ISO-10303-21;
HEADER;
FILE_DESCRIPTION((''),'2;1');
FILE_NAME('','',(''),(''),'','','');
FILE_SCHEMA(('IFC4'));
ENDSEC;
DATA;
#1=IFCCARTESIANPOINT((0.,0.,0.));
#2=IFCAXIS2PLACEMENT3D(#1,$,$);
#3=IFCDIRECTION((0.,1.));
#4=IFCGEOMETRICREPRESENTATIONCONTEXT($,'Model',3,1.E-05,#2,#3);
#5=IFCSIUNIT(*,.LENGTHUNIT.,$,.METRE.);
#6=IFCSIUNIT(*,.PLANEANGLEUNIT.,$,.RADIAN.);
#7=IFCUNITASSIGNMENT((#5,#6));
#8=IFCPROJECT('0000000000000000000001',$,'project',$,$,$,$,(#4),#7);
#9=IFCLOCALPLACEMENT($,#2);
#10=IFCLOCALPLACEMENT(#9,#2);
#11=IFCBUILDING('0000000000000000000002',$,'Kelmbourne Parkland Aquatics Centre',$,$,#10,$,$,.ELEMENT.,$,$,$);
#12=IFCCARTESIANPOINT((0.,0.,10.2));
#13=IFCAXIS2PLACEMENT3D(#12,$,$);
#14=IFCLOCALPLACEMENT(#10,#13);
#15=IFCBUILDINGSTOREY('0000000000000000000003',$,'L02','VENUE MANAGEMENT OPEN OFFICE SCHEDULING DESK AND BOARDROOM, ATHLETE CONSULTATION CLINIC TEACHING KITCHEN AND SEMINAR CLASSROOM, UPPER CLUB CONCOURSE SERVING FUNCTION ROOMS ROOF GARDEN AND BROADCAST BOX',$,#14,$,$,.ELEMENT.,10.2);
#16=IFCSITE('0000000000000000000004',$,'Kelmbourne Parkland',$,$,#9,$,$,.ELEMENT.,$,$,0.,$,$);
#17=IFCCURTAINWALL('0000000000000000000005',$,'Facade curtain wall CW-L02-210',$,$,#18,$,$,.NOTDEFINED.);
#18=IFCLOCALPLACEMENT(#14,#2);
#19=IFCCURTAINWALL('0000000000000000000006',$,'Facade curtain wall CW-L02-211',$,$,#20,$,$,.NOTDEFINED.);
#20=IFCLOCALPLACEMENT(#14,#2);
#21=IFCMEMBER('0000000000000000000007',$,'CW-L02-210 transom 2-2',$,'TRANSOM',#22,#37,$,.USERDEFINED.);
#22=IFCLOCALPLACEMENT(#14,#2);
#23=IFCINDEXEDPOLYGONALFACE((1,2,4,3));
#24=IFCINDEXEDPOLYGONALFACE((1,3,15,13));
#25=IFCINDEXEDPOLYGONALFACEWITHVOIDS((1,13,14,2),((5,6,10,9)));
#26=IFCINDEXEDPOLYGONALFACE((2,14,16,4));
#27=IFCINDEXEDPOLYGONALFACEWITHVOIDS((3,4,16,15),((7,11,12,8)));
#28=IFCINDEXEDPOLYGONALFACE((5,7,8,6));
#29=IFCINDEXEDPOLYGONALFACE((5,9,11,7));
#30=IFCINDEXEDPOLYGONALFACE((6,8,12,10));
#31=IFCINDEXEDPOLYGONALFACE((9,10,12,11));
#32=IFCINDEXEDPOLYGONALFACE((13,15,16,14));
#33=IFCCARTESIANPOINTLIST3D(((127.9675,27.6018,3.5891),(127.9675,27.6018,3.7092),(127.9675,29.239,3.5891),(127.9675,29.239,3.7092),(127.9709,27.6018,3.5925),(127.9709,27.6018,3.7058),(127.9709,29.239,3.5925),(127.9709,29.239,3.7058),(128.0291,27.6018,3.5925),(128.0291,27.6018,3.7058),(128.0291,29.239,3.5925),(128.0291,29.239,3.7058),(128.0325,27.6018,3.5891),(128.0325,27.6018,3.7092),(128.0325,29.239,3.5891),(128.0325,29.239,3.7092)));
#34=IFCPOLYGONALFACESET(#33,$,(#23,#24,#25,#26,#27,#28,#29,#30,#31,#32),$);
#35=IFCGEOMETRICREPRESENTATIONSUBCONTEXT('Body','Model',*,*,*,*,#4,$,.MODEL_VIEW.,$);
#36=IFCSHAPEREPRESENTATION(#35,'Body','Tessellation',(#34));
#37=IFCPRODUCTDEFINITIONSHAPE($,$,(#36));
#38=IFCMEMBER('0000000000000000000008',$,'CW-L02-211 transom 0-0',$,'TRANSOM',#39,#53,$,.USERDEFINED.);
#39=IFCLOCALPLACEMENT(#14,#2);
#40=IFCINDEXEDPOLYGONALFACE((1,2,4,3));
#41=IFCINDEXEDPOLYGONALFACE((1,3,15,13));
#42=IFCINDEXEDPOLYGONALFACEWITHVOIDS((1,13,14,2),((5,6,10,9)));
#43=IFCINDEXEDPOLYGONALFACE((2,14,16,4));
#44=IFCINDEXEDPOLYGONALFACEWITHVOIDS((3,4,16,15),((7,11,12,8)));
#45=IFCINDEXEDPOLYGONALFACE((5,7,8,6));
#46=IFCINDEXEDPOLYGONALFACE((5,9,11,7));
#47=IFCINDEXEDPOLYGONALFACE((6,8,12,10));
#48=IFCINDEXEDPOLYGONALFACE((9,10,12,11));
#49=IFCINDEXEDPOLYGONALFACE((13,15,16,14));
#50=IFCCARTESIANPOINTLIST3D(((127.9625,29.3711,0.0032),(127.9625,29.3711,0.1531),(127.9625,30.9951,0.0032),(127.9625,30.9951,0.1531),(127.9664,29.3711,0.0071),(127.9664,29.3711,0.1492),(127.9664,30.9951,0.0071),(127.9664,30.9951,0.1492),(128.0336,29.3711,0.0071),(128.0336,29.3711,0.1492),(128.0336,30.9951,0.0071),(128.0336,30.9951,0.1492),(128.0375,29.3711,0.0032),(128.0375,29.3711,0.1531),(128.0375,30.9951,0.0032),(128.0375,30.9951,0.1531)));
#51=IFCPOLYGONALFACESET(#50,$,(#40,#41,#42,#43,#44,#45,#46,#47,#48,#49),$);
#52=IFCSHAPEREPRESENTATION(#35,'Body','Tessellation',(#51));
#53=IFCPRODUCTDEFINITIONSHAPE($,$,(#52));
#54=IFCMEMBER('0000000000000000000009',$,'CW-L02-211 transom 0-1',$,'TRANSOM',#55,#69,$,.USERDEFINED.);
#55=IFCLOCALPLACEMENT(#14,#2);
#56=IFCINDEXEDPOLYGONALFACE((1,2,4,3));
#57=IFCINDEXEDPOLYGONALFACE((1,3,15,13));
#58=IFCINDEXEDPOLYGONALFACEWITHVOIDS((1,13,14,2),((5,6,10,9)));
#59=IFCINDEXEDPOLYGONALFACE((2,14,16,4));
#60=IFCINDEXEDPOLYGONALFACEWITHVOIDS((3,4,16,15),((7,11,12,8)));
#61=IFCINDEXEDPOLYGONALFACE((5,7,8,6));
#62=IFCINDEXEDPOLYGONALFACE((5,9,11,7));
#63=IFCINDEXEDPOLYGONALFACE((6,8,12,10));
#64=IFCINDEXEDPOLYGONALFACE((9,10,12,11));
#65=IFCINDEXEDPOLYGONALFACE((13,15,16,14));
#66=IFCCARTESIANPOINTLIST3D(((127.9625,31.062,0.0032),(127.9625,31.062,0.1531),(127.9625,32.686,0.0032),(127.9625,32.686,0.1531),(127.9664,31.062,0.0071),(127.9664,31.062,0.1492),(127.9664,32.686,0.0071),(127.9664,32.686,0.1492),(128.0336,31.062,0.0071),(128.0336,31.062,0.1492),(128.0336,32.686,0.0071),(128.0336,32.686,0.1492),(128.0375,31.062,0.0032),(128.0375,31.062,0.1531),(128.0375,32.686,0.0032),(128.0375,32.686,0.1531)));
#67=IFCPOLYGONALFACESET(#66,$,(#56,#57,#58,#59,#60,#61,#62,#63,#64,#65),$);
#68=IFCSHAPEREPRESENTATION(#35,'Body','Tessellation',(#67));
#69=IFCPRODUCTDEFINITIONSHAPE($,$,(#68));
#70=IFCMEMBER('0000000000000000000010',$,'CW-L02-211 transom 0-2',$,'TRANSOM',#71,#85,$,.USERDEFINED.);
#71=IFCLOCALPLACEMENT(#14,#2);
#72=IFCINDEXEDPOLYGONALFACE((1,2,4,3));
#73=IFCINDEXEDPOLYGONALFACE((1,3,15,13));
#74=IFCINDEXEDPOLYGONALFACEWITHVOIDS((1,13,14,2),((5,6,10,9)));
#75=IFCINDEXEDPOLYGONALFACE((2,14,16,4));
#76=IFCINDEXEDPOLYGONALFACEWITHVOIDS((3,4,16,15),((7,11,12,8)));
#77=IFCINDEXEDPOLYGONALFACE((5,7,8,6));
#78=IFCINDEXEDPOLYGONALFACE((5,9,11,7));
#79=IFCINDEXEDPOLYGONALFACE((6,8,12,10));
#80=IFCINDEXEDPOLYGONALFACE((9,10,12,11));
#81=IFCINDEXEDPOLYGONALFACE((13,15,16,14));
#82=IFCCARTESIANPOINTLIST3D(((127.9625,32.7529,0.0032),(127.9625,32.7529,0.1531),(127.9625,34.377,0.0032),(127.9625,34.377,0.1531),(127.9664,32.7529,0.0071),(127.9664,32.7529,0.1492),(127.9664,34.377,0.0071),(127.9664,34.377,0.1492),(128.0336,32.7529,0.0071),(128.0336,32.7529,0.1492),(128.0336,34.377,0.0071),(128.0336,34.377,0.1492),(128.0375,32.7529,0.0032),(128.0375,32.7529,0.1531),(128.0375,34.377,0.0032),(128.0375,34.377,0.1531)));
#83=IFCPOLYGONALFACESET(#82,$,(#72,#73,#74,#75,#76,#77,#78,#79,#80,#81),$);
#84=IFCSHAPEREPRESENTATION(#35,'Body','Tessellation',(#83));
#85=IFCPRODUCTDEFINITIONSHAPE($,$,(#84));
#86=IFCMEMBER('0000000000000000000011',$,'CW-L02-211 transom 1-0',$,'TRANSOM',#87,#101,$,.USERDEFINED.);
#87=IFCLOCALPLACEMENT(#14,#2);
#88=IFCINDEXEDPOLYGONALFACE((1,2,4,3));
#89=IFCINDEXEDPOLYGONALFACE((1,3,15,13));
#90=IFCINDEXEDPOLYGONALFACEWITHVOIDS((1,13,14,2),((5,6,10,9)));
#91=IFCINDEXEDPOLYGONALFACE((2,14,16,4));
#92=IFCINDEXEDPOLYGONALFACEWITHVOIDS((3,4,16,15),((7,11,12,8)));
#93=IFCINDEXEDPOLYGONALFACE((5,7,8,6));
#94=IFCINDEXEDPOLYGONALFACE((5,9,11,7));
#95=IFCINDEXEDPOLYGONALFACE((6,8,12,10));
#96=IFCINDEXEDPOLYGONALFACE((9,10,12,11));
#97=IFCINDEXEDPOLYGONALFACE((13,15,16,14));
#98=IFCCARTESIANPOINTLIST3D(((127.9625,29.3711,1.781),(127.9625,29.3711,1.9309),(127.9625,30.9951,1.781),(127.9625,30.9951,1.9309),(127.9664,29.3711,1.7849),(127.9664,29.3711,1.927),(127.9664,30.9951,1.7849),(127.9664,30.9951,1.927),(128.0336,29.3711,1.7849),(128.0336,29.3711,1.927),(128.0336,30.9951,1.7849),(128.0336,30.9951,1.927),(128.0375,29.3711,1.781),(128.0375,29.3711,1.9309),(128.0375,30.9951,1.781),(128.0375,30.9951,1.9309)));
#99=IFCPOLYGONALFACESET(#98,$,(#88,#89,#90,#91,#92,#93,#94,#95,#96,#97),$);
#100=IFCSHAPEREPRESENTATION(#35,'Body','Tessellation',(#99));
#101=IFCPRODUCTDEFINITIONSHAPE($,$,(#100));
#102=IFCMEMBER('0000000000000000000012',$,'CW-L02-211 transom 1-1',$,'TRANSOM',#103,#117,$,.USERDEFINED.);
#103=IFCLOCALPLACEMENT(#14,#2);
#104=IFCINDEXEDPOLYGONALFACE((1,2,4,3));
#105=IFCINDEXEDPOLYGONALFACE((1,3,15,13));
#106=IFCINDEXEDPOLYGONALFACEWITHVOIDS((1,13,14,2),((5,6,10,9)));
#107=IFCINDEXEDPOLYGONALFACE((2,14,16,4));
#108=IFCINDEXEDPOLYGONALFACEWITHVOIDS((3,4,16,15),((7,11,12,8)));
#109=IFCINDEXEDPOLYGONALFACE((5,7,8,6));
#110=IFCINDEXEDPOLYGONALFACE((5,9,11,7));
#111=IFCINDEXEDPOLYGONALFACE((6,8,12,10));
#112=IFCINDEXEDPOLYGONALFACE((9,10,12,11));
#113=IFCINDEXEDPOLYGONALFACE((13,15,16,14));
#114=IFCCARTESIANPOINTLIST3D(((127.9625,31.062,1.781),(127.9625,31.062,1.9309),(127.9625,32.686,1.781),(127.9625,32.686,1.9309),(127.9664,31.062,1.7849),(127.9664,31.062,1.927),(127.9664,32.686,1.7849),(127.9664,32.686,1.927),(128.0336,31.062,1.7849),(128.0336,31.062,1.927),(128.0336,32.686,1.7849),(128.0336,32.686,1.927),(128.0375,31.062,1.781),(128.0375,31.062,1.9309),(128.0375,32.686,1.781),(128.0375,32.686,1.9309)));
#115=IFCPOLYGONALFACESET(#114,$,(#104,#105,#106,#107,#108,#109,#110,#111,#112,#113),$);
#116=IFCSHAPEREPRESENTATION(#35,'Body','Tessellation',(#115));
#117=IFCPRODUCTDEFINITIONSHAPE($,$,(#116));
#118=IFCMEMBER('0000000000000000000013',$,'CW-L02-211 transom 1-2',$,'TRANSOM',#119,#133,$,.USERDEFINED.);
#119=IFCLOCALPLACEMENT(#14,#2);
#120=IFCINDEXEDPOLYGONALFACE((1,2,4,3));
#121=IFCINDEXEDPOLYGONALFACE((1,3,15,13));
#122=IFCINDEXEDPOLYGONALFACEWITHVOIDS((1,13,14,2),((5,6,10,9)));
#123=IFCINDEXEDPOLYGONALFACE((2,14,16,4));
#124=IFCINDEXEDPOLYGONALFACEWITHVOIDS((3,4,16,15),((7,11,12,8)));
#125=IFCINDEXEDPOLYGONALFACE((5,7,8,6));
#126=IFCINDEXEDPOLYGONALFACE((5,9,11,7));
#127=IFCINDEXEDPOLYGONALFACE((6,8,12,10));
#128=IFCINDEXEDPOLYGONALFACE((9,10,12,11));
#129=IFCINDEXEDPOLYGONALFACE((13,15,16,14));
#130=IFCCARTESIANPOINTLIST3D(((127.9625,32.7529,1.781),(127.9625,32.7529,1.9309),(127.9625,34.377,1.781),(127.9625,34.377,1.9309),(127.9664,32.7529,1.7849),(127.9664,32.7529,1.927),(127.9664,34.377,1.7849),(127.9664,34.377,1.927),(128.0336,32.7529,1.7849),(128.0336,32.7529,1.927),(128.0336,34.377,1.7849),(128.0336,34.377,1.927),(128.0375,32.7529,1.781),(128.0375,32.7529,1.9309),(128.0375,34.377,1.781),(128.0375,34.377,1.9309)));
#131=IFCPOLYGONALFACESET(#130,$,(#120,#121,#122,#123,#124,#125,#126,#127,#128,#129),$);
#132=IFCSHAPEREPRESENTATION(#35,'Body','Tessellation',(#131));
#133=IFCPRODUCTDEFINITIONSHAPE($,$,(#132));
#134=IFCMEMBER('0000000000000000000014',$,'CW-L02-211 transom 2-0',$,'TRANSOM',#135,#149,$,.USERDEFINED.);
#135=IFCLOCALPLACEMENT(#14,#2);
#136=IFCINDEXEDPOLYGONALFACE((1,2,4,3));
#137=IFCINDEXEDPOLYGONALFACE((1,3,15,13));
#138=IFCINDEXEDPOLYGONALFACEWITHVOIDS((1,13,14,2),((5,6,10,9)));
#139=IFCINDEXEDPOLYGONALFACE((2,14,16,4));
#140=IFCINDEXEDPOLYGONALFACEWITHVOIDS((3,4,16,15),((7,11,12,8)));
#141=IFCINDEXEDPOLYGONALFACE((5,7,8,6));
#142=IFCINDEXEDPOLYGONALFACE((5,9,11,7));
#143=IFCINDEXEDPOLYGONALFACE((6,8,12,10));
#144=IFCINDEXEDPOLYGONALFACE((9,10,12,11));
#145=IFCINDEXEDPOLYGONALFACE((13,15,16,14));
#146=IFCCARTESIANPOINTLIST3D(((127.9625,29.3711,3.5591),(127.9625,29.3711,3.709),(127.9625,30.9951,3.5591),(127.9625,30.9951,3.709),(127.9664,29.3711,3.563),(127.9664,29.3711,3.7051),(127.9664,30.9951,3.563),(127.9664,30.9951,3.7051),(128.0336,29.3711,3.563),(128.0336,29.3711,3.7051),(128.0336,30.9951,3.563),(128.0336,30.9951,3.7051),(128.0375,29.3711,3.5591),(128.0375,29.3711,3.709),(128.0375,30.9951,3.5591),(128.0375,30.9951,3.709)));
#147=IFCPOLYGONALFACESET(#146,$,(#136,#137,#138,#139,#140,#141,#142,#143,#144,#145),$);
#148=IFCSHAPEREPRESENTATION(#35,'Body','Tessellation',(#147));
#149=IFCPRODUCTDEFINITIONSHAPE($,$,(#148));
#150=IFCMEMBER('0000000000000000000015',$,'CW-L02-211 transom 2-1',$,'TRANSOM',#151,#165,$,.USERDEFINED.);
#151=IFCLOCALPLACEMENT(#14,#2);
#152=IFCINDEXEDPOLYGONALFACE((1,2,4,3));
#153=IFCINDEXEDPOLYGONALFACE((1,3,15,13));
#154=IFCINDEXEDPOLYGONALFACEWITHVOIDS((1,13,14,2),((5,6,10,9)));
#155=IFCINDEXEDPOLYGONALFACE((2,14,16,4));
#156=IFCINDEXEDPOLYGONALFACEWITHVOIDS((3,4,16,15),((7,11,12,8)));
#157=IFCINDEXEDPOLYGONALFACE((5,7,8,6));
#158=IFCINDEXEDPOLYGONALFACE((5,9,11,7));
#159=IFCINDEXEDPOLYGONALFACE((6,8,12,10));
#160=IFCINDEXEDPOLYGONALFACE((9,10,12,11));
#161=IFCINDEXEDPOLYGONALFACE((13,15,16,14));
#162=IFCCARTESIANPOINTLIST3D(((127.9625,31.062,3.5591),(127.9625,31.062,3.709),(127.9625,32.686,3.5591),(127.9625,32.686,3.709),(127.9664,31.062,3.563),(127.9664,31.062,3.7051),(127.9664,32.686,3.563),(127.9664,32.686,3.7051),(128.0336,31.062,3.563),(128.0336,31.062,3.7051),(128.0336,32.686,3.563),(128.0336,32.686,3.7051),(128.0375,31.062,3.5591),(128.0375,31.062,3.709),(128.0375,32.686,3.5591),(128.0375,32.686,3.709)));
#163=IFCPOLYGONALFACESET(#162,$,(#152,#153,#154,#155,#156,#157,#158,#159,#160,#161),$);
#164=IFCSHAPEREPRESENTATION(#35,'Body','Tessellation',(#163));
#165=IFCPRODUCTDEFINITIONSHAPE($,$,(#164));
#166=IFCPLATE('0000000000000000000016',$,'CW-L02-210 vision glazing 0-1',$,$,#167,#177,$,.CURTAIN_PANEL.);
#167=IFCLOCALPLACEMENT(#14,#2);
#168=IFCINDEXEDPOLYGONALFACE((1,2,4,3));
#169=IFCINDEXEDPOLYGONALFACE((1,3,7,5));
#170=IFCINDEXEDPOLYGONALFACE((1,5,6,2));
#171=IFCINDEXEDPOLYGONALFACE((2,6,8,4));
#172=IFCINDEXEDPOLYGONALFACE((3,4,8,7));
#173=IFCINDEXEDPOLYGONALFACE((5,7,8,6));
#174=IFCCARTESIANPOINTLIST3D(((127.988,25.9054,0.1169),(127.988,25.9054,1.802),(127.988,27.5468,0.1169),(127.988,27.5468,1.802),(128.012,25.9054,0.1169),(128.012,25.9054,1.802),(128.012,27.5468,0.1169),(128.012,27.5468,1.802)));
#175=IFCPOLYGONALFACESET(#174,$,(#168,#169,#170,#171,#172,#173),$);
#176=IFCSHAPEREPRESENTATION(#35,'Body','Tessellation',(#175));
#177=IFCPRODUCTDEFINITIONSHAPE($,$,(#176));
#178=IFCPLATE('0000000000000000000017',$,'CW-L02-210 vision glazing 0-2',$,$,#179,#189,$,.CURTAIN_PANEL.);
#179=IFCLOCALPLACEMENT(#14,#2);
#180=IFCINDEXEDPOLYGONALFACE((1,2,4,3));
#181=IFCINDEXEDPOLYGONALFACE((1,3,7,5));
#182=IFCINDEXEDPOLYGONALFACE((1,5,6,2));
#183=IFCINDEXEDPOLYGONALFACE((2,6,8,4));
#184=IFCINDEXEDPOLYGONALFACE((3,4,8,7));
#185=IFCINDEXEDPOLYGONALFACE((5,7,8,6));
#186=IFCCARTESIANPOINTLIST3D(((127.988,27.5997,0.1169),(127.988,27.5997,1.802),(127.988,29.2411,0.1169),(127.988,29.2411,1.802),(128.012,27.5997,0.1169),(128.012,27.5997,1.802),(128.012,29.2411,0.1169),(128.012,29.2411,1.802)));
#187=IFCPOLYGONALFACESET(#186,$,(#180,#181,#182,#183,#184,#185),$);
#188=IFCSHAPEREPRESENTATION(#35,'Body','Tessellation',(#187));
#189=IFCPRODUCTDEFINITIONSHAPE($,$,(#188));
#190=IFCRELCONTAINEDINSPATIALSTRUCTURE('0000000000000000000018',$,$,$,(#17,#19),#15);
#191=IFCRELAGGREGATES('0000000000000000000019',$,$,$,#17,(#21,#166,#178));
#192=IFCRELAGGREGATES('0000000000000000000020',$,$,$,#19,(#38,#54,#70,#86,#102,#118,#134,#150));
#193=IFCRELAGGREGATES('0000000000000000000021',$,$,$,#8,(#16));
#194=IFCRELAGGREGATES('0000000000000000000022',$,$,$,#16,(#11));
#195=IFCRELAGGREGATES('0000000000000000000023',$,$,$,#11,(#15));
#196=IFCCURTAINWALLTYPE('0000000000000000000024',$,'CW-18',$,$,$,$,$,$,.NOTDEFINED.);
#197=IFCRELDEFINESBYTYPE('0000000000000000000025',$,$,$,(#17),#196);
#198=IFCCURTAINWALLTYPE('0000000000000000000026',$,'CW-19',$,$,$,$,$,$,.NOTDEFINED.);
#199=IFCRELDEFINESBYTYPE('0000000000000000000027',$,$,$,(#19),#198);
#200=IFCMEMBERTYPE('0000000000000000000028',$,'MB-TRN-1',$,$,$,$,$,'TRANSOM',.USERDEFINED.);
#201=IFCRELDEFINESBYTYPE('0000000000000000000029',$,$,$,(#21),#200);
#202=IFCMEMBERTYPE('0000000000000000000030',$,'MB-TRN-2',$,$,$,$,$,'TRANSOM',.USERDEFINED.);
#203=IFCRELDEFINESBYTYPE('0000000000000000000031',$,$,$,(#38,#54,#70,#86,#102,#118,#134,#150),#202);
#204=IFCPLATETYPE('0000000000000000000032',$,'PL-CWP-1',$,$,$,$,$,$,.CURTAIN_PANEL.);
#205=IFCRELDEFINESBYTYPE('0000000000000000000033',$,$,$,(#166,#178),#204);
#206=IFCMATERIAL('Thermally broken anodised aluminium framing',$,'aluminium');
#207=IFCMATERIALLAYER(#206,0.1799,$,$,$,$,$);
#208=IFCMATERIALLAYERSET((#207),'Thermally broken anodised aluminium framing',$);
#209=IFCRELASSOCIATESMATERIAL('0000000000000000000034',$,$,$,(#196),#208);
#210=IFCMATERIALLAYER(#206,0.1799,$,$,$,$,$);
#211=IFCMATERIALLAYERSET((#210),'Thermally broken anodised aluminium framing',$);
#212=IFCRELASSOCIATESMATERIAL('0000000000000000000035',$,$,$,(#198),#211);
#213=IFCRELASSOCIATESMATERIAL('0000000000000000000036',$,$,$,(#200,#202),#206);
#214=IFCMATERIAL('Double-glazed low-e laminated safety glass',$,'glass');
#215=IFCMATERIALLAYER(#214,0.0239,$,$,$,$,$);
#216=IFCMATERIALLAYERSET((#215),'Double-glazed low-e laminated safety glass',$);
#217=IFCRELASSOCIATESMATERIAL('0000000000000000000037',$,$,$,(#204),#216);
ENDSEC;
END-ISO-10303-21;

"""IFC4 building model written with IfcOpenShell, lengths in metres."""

from ifc_helpers import new_model, si_unit, direction, frame, origin, origin_2d, place, context, subcontext, project, spatial, rectangle, hollow_rectangle, extrude, material, layer, layer_set, material_profile, profile_set, type_object, element, aggregate, save


model = new_model("IFC4")

# Units and contexts
model_context = context("Model", 3, precision=1e-05, world=origin(), true_north=direction((0.0, 1.0)))
body_context = subcontext(model_context, "Body", "Model", "MODEL_VIEW")
ifc_project = project(units=[si_unit("LENGTHUNIT", "METRE"), si_unit("PLANEANGLEUNIT", "RADIAN")], contexts=[model_context])

# Site, building, storey
site_placement = place(None, origin())
site = spatial("IfcSite", under=ifc_project, at=site_placement, Name="Kelmbourne Parkland", CompositionType="ELEMENT", RefElevation=0.0)
building_placement = place(site_placement, origin())
building = spatial("IfcBuilding", under=site, at=building_placement, Name="Kelmbourne Parkland Aquatics Centre", CompositionType="ELEMENT")
storey_placement = place(building_placement, frame((0.0, 0.0, 10.2)))
storey = spatial("IfcBuildingStorey", under=building, at=storey_placement, Name="L02", Description="VENUE MANAGEMENT OPEN OFFICE SCHEDULING DESK AND BOARDROOM, ATHLETE CONSULTATION CLINIC TEACHING KITCHEN AND SEMINAR CLASSROOM, UPPER CLUB CONCOURSE SERVING FUNCTION ROOMS ROOF GARDEN AND BROADCAST BOX", CompositionType="ELEMENT", Elevation=10.2)

# Curtain walls
ifc_material_1 = material(Name="Thermally broken anodised aluminium framing", Category="aluminium")
ifc_layer_1 = layer(ifc_material_1, 0.1799)
ifc_layer_set_1 = layer_set([ifc_layer_1], Name="Thermally broken anodised aluminium framing")
curtain_wall_type_1 = type_object("IfcCurtainWallType", Name="CW-18", PredefinedType="NOTDEFINED", material=ifc_layer_set_1)
curtain_wall_1_placement = place(storey_placement, origin())
curtain_wall_1 = element("IfcCurtainWall", 1, at=curtain_wall_1_placement, inside=storey, type_object=curtain_wall_type_1, Name="Facade curtain wall CW-L02-210", PredefinedType="NOTDEFINED")
ifc_layer_2 = layer(ifc_material_1, 0.1799)
ifc_layer_set_2 = layer_set([ifc_layer_2], Name="Thermally broken anodised aluminium framing")
curtain_wall_type_2 = type_object("IfcCurtainWallType", Name="CW-19", PredefinedType="NOTDEFINED", material=ifc_layer_set_2)
curtain_wall_2_placement = place(storey_placement, origin())
curtain_wall_2 = element("IfcCurtainWall", 2, at=curtain_wall_2_placement, inside=storey, type_object=curtain_wall_type_2, Name="Facade curtain wall CW-L02-211", PredefinedType="NOTDEFINED")

# Members
ifc_material_profile_1 = material_profile(ifc_material_1, hollow_rectangle(XDim=0.0649, YDim=0.1201, WallThickness=0.0034, at=origin_2d()), Name="CW-T 65x120")
ifc_profile_set_1 = profile_set([ifc_material_profile_1], Name="Thermally broken anodised aluminium framing")
member_type_1 = type_object("IfcMemberType", Name="MB-TRN-1", ElementType="TRANSOM", PredefinedType="USERDEFINED", material=ifc_profile_set_1)
member_1_placement = place(storey_placement, frame((128.0, 27.6018, 3.6492), z_axis=(0.0, 1.0, 0.0), x_axis=(-1.0, 0.0, 0.0)))
member_1 = element("IfcMember", 3, at=member_1_placement, type_object=member_type_1, Name="CW-L02-210 transom 2-2", ObjectType="TRANSOM", PredefinedType="USERDEFINED", context=body_context, shape_type="SweptSolid", body=[
    extrude(hollow_rectangle(XDim=0.0649, YDim=0.1201, WallThickness=0.0034, at=origin_2d()), origin(), (0.0, 0.0, 1.0), 1.6372),
])
ifc_material_profile_2 = material_profile(ifc_material_1, hollow_rectangle(XDim=0.075, YDim=0.1499, WallThickness=0.0039, at=origin_2d()), Name="CW-T 75x150")
ifc_profile_set_2 = profile_set([ifc_material_profile_2], Name="Thermally broken anodised aluminium framing")
member_type_2 = type_object("IfcMemberType", Name="MB-TRN-2", ElementType="TRANSOM", PredefinedType="USERDEFINED", material=ifc_profile_set_2)
member_2_placement = place(storey_placement, frame((128.0, 29.3711, 0.0781), z_axis=(0.0, 1.0, 0.0), x_axis=(-1.0, 0.0, 0.0)))
member_2 = element("IfcMember", 4, at=member_2_placement, type_object=member_type_2, Name="CW-L02-211 transom 0-0", ObjectType="TRANSOM", PredefinedType="USERDEFINED", context=body_context, shape_type="SweptSolid", body=[
    extrude(hollow_rectangle(XDim=0.075, YDim=0.1499, WallThickness=0.0039, at=origin_2d()), origin(), (0.0, 0.0, 1.0), 1.624),
])
member_3_placement = place(storey_placement, frame((128.0, 31.062, 0.0781), z_axis=(0.0, 1.0, 0.0), x_axis=(-1.0, 0.0, 0.0)))
member_3 = element("IfcMember", 5, at=member_3_placement, type_object=member_type_2, Name="CW-L02-211 transom 0-1", ObjectType="TRANSOM", PredefinedType="USERDEFINED", context=body_context, shape_type="SweptSolid", body=[
    extrude(hollow_rectangle(XDim=0.075, YDim=0.1499, WallThickness=0.0039, at=origin_2d()), origin(), (0.0, 0.0, 1.0), 1.624),
])
member_4_placement = place(storey_placement, frame((128.0, 32.7529, 0.0781), z_axis=(0.0, 1.0, 0.0), x_axis=(-1.0, 0.0, 0.0)))
member_4 = element("IfcMember", 6, at=member_4_placement, type_object=member_type_2, Name="CW-L02-211 transom 0-2", ObjectType="TRANSOM", PredefinedType="USERDEFINED", context=body_context, shape_type="SweptSolid", body=[
    extrude(hollow_rectangle(XDim=0.075, YDim=0.1499, WallThickness=0.0039, at=origin_2d()), origin(), (0.0, 0.0, 1.0), 1.624),
])
member_5_placement = place(storey_placement, frame((128.0, 29.3711, 1.856), z_axis=(0.0, 1.0, 0.0), x_axis=(-1.0, 0.0, 0.0)))
member_5 = element("IfcMember", 7, at=member_5_placement, type_object=member_type_2, Name="CW-L02-211 transom 1-0", ObjectType="TRANSOM", PredefinedType="USERDEFINED", context=body_context, shape_type="SweptSolid", body=[
    extrude(hollow_rectangle(XDim=0.075, YDim=0.1499, WallThickness=0.0039, at=origin_2d()), origin(), (0.0, 0.0, 1.0), 1.624),
])
member_6_placement = place(storey_placement, frame((128.0, 31.062, 1.856), z_axis=(0.0, 1.0, 0.0), x_axis=(-1.0, 0.0, 0.0)))
member_6 = element("IfcMember", 8, at=member_6_placement, type_object=member_type_2, Name="CW-L02-211 transom 1-1", ObjectType="TRANSOM", PredefinedType="USERDEFINED", context=body_context, shape_type="SweptSolid", body=[
    extrude(hollow_rectangle(XDim=0.075, YDim=0.1499, WallThickness=0.0039, at=origin_2d()), origin(), (0.0, 0.0, 1.0), 1.624),
])
member_7_placement = place(storey_placement, frame((128.0, 32.7529, 1.856), z_axis=(0.0, 1.0, 0.0), x_axis=(-1.0, 0.0, 0.0)))
member_7 = element("IfcMember", 9, at=member_7_placement, type_object=member_type_2, Name="CW-L02-211 transom 1-2", ObjectType="TRANSOM", PredefinedType="USERDEFINED", context=body_context, shape_type="SweptSolid", body=[
    extrude(hollow_rectangle(XDim=0.075, YDim=0.1499, WallThickness=0.0039, at=origin_2d()), origin(), (0.0, 0.0, 1.0), 1.624),
])
member_8_placement = place(storey_placement, frame((128.0, 29.3711, 3.634), z_axis=(0.0, 1.0, 0.0), x_axis=(-1.0, 0.0, 0.0)))
member_8 = element("IfcMember", 10, at=member_8_placement, type_object=member_type_2, Name="CW-L02-211 transom 2-0", ObjectType="TRANSOM", PredefinedType="USERDEFINED", context=body_context, shape_type="SweptSolid", body=[
    extrude(hollow_rectangle(XDim=0.075, YDim=0.1499, WallThickness=0.0039, at=origin_2d()), origin(), (0.0, 0.0, 1.0), 1.624),
])
member_9_placement = place(storey_placement, frame((128.0, 31.062, 3.634), z_axis=(0.0, 1.0, 0.0), x_axis=(-1.0, 0.0, 0.0)))
member_9 = element("IfcMember", 11, at=member_9_placement, type_object=member_type_2, Name="CW-L02-211 transom 2-1", ObjectType="TRANSOM", PredefinedType="USERDEFINED", context=body_context, shape_type="SweptSolid", body=[
    extrude(hollow_rectangle(XDim=0.075, YDim=0.1499, WallThickness=0.0039, at=origin_2d()), origin(), (0.0, 0.0, 1.0), 1.624),
])

# Plates
ifc_material_2 = material(Name="Double-glazed low-e laminated safety glass", Category="glass")
ifc_layer_3 = layer(ifc_material_2, 0.0239)
ifc_layer_set_3 = layer_set([ifc_layer_3], Name="Double-glazed low-e laminated safety glass")
plate_type_1 = type_object("IfcPlateType", Name="PL-CWP-1", PredefinedType="CURTAIN_PANEL", material=ifc_layer_set_3)
plate_1_placement = place(storey_placement, frame((128.0, 26.7261, 0.1169), z_axis=(0.0, 0.0, 1.0), x_axis=(0.0, 1.0, 0.0)))
plate_1 = element("IfcPlate", 12, at=plate_1_placement, type_object=plate_type_1, Name="CW-L02-210 vision glazing 0-1", PredefinedType="CURTAIN_PANEL", context=body_context, shape_type="SweptSolid", body=[
    extrude(rectangle(XDim=1.6414, YDim=0.0239, at=origin_2d()), origin(), (0.0, 0.0, 1.0), 1.6851),
])
plate_2_placement = place(storey_placement, frame((128.0, 28.4204, 0.1169), z_axis=(0.0, 0.0, 1.0), x_axis=(0.0, 1.0, 0.0)))
plate_2 = element("IfcPlate", 13, at=plate_2_placement, type_object=plate_type_1, Name="CW-L02-210 vision glazing 0-2", PredefinedType="CURTAIN_PANEL", context=body_context, shape_type="SweptSolid", body=[
    extrude(rectangle(XDim=1.6414, YDim=0.0239, at=origin_2d()), origin(), (0.0, 0.0, 1.0), 1.6851),
])
aggregate(curtain_wall_1, [member_1, plate_1, plate_2])
aggregate(curtain_wall_2, [member_2, member_3, member_4, member_5, member_6, member_7, member_8, member_9])

save(model, "model.ifc")
